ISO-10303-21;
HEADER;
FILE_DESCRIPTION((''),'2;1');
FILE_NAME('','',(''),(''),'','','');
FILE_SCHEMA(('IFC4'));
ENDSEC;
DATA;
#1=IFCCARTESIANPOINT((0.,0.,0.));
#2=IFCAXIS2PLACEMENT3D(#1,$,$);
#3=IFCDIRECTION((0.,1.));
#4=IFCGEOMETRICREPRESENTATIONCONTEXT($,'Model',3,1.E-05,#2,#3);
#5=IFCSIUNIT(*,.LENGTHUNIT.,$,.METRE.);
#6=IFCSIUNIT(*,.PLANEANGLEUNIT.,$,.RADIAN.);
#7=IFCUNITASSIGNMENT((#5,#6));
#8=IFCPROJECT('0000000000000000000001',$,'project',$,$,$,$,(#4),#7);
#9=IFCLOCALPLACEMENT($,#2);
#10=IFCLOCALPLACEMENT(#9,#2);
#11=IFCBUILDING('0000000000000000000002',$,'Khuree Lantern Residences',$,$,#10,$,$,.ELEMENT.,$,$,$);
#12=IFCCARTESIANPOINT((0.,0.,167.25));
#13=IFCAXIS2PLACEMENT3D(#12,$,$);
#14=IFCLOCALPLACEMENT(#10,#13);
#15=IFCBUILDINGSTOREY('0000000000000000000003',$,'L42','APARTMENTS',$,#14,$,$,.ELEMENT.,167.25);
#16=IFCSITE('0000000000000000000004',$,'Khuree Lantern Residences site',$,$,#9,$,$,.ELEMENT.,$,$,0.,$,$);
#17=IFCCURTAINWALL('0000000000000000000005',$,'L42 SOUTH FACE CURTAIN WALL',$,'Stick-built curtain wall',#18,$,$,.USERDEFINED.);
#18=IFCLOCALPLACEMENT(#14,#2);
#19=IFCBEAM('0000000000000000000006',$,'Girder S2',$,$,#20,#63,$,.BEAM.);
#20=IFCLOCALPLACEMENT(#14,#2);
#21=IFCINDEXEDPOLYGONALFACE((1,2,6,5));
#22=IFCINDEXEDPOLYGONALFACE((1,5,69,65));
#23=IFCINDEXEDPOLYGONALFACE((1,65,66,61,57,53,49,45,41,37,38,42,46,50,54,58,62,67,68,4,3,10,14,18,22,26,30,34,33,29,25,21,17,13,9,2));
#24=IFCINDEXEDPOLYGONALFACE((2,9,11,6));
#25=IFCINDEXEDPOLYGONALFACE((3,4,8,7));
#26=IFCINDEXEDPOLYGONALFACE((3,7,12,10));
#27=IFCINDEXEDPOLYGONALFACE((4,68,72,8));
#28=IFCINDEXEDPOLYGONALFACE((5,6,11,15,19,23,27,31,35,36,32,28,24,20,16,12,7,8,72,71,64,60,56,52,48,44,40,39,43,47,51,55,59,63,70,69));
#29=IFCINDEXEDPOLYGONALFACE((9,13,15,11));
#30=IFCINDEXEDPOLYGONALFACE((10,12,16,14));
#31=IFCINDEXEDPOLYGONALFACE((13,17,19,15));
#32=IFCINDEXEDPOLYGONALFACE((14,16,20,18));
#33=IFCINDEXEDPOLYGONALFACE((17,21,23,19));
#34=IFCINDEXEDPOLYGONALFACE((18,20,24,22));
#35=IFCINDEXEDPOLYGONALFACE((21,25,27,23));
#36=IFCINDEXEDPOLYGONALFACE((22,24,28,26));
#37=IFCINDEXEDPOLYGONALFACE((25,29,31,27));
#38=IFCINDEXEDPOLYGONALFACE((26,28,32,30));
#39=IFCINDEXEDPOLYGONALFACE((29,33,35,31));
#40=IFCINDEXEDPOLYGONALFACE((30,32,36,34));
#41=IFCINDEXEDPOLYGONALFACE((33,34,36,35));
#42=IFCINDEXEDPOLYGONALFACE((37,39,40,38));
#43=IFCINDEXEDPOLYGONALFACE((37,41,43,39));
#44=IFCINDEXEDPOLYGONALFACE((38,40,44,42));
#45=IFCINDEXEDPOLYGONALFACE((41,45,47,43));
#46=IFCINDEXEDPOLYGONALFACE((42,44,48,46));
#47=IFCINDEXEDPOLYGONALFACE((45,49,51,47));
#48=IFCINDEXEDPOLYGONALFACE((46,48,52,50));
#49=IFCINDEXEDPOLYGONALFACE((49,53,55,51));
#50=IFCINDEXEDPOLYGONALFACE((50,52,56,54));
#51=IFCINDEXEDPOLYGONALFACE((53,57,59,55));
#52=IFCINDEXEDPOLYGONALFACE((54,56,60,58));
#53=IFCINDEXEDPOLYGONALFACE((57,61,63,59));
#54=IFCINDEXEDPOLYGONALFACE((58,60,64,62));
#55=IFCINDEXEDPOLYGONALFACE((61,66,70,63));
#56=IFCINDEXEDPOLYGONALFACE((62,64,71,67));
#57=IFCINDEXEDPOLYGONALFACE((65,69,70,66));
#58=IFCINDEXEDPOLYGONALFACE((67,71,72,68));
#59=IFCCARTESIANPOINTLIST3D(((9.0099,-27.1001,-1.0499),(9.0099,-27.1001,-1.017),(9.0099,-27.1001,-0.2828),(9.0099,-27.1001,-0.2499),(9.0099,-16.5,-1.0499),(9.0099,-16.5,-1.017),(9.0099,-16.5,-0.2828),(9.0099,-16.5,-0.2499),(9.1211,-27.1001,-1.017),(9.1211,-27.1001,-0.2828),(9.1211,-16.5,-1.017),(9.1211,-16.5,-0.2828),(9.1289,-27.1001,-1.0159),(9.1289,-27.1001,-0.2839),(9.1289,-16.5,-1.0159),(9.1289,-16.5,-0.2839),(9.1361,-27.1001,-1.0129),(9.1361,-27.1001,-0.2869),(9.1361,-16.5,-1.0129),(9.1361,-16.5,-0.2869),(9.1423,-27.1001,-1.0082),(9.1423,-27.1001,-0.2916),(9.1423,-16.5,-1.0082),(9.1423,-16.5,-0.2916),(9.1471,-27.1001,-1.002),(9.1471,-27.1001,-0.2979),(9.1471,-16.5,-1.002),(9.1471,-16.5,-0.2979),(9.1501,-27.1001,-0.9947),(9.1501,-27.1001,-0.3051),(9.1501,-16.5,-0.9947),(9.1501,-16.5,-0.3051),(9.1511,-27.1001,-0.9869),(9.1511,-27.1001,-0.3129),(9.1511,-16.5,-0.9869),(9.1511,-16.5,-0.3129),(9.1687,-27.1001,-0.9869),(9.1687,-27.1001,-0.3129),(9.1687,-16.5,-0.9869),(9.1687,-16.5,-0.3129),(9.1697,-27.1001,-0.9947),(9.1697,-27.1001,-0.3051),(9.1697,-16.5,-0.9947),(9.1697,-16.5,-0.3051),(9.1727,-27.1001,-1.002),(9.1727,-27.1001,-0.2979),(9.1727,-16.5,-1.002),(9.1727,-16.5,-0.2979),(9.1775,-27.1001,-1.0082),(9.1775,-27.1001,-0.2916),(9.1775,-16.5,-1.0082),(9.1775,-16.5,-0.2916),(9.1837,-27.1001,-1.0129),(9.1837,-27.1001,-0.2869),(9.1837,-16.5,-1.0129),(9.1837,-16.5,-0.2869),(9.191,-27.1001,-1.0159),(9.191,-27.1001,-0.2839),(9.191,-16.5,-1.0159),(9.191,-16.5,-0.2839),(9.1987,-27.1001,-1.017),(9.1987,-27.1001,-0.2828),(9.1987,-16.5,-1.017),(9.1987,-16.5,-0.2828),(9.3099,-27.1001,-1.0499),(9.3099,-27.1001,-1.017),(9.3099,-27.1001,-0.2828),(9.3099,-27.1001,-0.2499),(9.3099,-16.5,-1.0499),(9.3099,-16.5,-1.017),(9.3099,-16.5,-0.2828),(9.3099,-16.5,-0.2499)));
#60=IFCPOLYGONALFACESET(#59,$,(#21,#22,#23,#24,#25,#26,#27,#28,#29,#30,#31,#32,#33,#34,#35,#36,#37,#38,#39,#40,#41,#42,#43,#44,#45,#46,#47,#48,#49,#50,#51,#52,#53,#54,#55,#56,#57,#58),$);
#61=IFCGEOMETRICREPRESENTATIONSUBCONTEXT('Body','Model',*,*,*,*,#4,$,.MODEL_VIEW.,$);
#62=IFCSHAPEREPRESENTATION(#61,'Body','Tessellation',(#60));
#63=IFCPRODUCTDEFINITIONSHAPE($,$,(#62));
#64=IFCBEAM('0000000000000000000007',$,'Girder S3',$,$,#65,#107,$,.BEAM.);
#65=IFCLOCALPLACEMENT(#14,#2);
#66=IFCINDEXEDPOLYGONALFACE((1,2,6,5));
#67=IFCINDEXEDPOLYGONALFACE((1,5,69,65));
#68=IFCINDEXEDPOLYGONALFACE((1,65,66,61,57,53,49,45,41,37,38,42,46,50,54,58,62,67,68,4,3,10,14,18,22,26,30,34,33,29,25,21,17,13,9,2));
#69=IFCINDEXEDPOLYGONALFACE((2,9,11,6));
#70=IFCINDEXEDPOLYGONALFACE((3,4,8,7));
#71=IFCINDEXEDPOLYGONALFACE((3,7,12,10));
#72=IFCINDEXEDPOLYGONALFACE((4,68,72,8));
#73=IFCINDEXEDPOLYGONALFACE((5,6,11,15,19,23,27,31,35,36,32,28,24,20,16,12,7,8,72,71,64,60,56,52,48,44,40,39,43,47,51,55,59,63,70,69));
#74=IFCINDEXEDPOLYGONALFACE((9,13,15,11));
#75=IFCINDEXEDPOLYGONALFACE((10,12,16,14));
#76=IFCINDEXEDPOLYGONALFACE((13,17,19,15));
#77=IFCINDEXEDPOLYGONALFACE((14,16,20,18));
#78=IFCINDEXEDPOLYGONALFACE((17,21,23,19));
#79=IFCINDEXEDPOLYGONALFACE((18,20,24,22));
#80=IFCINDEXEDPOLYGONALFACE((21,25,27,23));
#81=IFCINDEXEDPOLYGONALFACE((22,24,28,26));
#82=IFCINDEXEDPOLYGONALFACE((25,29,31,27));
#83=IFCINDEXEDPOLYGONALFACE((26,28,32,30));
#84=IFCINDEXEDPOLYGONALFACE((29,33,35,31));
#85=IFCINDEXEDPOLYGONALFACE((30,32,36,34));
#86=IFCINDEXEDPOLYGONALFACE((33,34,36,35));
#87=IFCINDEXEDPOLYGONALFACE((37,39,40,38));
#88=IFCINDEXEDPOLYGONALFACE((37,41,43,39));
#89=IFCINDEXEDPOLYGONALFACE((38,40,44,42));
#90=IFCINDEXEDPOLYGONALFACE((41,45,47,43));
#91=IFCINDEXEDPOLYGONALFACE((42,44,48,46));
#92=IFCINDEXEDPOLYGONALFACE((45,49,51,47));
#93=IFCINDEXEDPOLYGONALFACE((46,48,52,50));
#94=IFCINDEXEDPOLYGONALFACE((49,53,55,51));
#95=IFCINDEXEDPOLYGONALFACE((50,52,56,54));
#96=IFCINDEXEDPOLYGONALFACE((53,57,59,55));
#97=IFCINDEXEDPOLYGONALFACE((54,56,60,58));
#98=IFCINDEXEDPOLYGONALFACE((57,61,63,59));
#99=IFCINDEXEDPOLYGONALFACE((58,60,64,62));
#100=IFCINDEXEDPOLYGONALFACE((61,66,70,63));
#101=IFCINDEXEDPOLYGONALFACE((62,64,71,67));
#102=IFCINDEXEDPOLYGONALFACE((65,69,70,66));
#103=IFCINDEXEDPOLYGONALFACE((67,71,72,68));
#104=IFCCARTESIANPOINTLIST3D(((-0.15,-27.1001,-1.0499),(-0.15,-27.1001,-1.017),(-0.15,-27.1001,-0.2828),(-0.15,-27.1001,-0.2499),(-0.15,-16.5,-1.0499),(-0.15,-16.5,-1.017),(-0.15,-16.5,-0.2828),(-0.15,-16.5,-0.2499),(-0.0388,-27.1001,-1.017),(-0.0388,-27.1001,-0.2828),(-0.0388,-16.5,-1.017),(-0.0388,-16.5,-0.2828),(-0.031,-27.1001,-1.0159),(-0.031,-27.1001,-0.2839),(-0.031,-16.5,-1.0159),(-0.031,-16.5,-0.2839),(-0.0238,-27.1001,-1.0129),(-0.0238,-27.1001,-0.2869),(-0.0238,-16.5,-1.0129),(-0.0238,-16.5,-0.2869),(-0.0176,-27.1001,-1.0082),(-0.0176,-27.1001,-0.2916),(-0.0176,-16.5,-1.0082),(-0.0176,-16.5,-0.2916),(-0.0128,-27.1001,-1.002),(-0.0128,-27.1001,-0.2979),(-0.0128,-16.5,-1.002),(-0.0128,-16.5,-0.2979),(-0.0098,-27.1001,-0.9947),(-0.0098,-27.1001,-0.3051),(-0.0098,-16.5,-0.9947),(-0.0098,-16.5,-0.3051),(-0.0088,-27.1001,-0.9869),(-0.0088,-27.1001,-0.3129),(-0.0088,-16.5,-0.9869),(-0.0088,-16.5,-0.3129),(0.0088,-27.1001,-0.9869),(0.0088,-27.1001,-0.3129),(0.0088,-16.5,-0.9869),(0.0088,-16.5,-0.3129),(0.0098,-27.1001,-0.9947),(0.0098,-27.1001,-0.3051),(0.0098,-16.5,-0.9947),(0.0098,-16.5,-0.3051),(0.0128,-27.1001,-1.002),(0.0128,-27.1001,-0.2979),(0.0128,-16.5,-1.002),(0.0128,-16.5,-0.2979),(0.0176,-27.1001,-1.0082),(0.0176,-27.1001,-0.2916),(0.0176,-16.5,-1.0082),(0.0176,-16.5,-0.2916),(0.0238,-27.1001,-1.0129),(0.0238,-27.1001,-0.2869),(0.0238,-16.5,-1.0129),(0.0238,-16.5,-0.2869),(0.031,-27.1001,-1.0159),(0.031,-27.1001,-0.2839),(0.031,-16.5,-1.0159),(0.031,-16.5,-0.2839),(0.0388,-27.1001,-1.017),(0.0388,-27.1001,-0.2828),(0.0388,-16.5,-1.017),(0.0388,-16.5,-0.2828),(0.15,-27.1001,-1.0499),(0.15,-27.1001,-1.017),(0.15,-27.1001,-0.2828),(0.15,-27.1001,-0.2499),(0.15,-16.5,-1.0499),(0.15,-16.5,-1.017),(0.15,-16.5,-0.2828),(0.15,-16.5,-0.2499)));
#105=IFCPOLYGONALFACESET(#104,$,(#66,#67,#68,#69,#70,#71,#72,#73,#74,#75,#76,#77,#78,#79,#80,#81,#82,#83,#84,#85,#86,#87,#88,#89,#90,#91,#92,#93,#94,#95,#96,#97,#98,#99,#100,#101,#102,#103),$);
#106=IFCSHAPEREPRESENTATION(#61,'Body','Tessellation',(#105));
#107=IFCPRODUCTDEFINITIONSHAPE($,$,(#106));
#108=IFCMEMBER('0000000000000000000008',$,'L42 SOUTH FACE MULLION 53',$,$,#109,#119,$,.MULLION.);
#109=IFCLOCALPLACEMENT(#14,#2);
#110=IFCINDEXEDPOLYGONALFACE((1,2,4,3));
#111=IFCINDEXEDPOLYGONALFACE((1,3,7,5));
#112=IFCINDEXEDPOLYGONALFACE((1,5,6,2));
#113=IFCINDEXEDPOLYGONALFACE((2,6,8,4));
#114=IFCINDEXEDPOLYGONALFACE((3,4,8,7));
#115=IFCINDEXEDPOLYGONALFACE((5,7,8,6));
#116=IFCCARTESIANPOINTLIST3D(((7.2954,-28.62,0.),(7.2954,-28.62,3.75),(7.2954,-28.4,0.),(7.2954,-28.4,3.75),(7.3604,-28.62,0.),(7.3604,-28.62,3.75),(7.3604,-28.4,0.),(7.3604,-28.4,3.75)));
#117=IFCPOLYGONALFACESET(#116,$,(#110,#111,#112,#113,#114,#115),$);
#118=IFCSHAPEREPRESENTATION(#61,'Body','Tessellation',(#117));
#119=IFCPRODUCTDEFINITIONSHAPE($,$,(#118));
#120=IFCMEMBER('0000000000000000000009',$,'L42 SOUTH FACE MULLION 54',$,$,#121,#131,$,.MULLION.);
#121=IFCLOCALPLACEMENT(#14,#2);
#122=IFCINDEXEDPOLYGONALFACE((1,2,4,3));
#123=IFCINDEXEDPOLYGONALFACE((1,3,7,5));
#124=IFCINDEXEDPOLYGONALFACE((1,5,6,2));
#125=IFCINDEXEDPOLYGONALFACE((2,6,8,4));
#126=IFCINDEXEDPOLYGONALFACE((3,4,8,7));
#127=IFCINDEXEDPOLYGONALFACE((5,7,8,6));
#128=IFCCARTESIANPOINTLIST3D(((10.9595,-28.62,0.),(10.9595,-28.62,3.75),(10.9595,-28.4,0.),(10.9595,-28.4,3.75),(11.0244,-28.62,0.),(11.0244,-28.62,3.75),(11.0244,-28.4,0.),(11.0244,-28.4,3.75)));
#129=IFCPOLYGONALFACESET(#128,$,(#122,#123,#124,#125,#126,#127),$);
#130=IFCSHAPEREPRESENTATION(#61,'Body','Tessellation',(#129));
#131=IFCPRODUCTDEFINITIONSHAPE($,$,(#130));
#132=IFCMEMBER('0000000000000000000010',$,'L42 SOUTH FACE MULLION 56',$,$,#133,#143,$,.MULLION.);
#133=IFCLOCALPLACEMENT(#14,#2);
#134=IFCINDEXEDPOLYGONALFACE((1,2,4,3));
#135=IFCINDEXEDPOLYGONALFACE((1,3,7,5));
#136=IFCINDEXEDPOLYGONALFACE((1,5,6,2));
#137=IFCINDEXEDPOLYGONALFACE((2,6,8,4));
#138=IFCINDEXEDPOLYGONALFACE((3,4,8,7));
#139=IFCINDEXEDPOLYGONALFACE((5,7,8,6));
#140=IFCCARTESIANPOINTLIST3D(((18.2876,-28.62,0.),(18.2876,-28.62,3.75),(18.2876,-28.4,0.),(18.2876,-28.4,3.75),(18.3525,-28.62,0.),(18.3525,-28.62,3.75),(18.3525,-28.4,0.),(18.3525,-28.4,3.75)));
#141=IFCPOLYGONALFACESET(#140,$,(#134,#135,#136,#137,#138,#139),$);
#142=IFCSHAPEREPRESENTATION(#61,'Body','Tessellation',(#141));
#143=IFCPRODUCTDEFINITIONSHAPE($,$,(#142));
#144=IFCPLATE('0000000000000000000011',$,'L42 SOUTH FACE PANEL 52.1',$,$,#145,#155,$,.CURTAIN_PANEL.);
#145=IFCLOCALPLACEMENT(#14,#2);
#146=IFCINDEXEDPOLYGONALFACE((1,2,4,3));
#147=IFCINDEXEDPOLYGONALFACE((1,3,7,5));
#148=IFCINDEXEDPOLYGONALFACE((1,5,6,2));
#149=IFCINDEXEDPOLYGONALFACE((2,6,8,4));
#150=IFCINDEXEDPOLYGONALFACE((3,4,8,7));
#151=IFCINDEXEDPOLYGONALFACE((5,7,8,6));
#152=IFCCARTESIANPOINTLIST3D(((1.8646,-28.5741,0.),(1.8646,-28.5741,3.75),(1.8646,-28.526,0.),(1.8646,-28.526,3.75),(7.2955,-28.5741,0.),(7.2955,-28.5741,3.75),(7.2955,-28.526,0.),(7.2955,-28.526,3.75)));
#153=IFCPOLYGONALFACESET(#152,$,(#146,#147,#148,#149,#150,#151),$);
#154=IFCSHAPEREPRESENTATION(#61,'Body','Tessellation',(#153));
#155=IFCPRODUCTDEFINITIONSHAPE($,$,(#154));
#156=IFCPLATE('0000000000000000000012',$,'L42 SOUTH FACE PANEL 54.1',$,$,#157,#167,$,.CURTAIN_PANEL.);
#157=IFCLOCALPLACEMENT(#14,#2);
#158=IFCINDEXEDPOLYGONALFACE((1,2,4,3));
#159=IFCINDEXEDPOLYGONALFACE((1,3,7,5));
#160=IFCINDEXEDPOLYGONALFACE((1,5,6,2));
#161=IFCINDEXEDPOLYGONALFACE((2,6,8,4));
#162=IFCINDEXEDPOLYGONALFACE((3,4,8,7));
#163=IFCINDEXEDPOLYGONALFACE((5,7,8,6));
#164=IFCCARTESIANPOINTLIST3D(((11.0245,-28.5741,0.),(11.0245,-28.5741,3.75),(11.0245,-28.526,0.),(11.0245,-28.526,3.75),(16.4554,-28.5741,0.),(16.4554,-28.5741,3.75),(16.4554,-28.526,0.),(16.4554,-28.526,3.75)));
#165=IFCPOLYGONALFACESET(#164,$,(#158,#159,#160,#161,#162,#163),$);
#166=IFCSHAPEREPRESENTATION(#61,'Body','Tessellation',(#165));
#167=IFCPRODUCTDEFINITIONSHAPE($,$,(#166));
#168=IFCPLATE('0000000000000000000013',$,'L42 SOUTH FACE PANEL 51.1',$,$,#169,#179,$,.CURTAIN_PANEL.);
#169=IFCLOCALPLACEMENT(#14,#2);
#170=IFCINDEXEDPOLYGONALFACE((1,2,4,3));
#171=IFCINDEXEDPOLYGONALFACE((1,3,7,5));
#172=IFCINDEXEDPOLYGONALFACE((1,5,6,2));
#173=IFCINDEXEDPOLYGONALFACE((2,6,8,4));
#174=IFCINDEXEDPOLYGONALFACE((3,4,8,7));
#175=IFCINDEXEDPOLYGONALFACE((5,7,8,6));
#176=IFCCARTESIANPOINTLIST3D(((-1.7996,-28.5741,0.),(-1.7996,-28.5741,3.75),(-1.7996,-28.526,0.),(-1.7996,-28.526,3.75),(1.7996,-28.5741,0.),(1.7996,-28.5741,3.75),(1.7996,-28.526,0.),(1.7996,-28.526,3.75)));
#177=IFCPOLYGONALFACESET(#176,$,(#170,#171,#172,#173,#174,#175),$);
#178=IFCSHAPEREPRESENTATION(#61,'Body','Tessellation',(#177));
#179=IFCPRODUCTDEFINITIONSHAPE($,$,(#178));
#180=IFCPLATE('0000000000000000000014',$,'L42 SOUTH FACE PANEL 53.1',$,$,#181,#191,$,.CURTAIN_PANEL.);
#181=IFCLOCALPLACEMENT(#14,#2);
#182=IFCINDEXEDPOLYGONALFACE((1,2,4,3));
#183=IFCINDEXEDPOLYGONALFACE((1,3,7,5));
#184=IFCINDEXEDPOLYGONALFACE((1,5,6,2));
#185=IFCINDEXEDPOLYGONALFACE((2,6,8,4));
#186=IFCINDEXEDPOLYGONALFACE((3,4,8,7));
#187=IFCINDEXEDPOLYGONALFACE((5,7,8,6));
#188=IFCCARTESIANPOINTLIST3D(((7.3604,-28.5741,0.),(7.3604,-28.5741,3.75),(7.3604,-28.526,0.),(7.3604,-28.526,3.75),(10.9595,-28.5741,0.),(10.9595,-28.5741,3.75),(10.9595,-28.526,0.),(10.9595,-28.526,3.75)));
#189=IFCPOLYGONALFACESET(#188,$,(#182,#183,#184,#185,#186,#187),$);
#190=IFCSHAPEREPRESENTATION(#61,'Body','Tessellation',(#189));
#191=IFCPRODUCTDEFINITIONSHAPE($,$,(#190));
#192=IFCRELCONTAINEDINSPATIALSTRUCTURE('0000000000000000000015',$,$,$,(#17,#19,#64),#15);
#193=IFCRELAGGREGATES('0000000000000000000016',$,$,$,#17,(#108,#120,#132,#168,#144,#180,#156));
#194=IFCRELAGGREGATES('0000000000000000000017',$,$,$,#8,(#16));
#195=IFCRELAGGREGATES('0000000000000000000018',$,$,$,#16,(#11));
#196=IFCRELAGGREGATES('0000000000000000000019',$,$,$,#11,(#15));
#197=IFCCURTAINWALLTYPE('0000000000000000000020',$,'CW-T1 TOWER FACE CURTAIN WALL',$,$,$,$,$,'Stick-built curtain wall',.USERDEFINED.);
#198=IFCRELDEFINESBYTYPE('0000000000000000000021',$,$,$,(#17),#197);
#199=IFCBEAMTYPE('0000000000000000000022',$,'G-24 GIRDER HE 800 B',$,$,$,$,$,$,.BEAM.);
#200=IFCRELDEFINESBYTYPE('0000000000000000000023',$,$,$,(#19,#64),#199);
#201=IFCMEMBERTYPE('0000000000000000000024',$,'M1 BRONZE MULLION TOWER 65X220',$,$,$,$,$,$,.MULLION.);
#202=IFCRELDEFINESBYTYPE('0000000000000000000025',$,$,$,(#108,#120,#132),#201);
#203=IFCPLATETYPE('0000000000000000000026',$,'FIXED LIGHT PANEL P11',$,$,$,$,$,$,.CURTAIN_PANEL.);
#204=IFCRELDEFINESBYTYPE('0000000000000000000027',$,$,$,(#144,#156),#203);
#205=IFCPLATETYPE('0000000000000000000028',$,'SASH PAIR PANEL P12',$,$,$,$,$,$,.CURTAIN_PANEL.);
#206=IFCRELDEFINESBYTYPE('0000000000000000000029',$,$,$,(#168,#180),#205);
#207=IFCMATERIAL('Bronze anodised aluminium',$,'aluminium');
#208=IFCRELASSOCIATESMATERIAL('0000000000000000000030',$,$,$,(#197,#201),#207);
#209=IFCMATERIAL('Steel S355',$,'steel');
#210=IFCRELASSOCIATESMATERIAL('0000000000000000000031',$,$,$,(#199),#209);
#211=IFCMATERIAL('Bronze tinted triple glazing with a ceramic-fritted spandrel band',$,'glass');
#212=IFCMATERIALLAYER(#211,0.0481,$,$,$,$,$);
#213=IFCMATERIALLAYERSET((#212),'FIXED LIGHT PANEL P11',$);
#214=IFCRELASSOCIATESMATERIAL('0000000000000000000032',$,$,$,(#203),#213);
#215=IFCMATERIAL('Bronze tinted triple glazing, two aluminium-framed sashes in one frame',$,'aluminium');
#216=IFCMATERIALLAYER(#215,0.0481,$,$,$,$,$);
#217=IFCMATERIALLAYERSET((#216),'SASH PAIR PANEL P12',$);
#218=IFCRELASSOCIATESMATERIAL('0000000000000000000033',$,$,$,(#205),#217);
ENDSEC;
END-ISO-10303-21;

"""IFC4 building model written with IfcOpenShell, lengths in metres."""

from ifc_helpers import new_model, si_unit, direction, frame, origin, origin_2d, place, context, subcontext, project, spatial, rectangle, i_section, extrude, material, layer, layer_set, material_profile, profile_set, type_object, element, aggregate, save


model = new_model("IFC4")

# Units and contexts
model_context = context("Model", 3, precision=1e-05, world=origin(), true_north=direction((0.0, 1.0)))
body_context = subcontext(model_context, "Body", "Model", "MODEL_VIEW")
ifc_project = project(units=[si_unit("LENGTHUNIT", "METRE"), si_unit("PLANEANGLEUNIT", "RADIAN")], contexts=[model_context])

# Site, building, storey
site_placement = place(None, origin())
site = spatial("IfcSite", under=ifc_project, at=site_placement, Name="Khuree Lantern Residences site", CompositionType="ELEMENT", RefElevation=0.0)
building_placement = place(site_placement, origin())
building = spatial("IfcBuilding", under=site, at=building_placement, Name="Khuree Lantern Residences", CompositionType="ELEMENT")
storey_placement = place(building_placement, frame((0.0, 0.0, 167.25)))
storey = spatial("IfcBuildingStorey", under=building, at=storey_placement, Name="L42", Description="APARTMENTS", CompositionType="ELEMENT", Elevation=167.25)

# Shared definitions
ifc_material_1 = material(Name="Steel S355", Category="steel")

# Curtain wall
ifc_material_2 = material(Name="Bronze anodised aluminium", Category="aluminium")
curtain_wall_type = type_object("IfcCurtainWallType", Name="CW-T1 TOWER FACE CURTAIN WALL", ElementType="Stick-built curtain wall", PredefinedType="USERDEFINED", material=ifc_material_2)
curtain_wall_placement = place(storey_placement, origin())
curtain_wall = element("IfcCurtainWall", 1, at=curtain_wall_placement, inside=storey, type_object=curtain_wall_type, Name="L42 SOUTH FACE CURTAIN WALL", ObjectType="Stick-built curtain wall", PredefinedType="USERDEFINED")

# Beams
ifc_material_profile_1 = material_profile(ifc_material_1, i_section(OverallWidth=0.3, OverallDepth=0.8, WebThickness=0.0176, FlangeThickness=0.033, FilletRadius=0.03, at=origin_2d()), Name="HE 800 B")
ifc_profile_set_1 = profile_set([ifc_material_profile_1], Name="Steel S355")
beam_type_1 = type_object("IfcBeamType", Name="G-24 GIRDER HE 800 B", PredefinedType="BEAM", material=ifc_profile_set_1)
for number, where, z_axis, x_axis, name in (
    (2, (9.1599, -27.1001, -0.6499), (0.0, 1.0, 0.0), (-1.0, 0.0, 0.0), "Girder S2"),
    (3, (0.0, -27.1001, -0.6499), (0.0, 1.0, 0.0), (-1.0, 0.0, 0.0), "Girder S3"),
):
    element("IfcBeam", number, at=place(storey_placement, frame(where, z_axis=z_axis, x_axis=x_axis)), inside=storey, type_object=beam_type_1, Name=name, PredefinedType="BEAM", context=body_context, shape_type="SweptSolid", body=[
        extrude(i_section(OverallWidth=0.3, OverallDepth=0.8, WebThickness=0.0176, FlangeThickness=0.033, FilletRadius=0.03, at=origin_2d()), origin(), (0.0, 0.0, 1.0), 10.6001),
    ])

# Members
ifc_material_profile_2 = material_profile(ifc_material_2, rectangle(XDim=0.0649, YDim=0.22, at=origin_2d()), Name="M1 65X220")
ifc_profile_set_2 = profile_set([ifc_material_profile_2], Name="Bronze anodised aluminium")
member_type_1 = type_object("IfcMemberType", Name="M1 BRONZE MULLION TOWER 65X220", PredefinedType="MULLION", material=ifc_profile_set_2)
member_1_placement = place(storey_placement, frame((7.3279, -28.51, 0.0), z_axis=(0.0, 0.0, 1.0), x_axis=(1.0, 0.0, 0.0)))
member_1 = element("IfcMember", 4, at=member_1_placement, type_object=member_type_1, Name="L42 SOUTH FACE MULLION 53", PredefinedType="MULLION", context=body_context, shape_type="SweptSolid", body=[
    extrude(rectangle(XDim=0.0649, YDim=0.22, at=origin_2d()), origin(), (0.0, 0.0, 1.0), 3.75),
])
member_2_placement = place(storey_placement, frame((10.9919, -28.51, 0.0), z_axis=(0.0, 0.0, 1.0), x_axis=(1.0, 0.0, 0.0)))
member_2 = element("IfcMember", 5, at=member_2_placement, type_object=member_type_1, Name="L42 SOUTH FACE MULLION 54", PredefinedType="MULLION", context=body_context, shape_type="SweptSolid", body=[
    extrude(rectangle(XDim=0.0649, YDim=0.22, at=origin_2d()), origin(), (0.0, 0.0, 1.0), 3.75),
])
member_3_placement = place(storey_placement, frame((18.3201, -28.51, 0.0), z_axis=(0.0, 0.0, 1.0), x_axis=(1.0, 0.0, 0.0)))
member_3 = element("IfcMember", 6, at=member_3_placement, type_object=member_type_1, Name="L42 SOUTH FACE MULLION 56", PredefinedType="MULLION", context=body_context, shape_type="SweptSolid", body=[
    extrude(rectangle(XDim=0.0649, YDim=0.22, at=origin_2d()), origin(), (0.0, 0.0, 1.0), 3.75),
])

# Plates
ifc_material_3 = material(Name="Bronze tinted triple glazing with a ceramic-fritted spandrel band", Category="glass")
ifc_layer_1 = layer(ifc_material_3, 0.0481)
ifc_layer_set_1 = layer_set([ifc_layer_1], Name="FIXED LIGHT PANEL P11")
plate_type_1 = type_object("IfcPlateType", Name="FIXED LIGHT PANEL P11", PredefinedType="CURTAIN_PANEL", material=ifc_layer_set_1)
plate_1_placement = place(storey_placement, frame((4.5801, -28.55, 0.0), z_axis=(0.0, 0.0, 1.0), x_axis=(1.0, 0.0, 0.0)))
plate_1 = element("IfcPlate", 7, at=plate_1_placement, type_object=plate_type_1, Name="L42 SOUTH FACE PANEL 52.1", PredefinedType="CURTAIN_PANEL", context=body_context, shape_type="SweptSolid", body=[
    extrude(rectangle(XDim=5.4309, YDim=0.0481, at=origin_2d()), origin(), (0.0, 0.0, 1.0), 3.75),
])
plate_2_placement = place(storey_placement, frame((13.74, -28.55, 0.0), z_axis=(0.0, 0.0, 1.0), x_axis=(1.0, 0.0, 0.0)))
plate_2 = element("IfcPlate", 8, at=plate_2_placement, type_object=plate_type_1, Name="L42 SOUTH FACE PANEL 54.1", PredefinedType="CURTAIN_PANEL", context=body_context, shape_type="SweptSolid", body=[
    extrude(rectangle(XDim=5.4309, YDim=0.0481, at=origin_2d()), origin(), (0.0, 0.0, 1.0), 3.75),
])
ifc_material_4 = material(Name="Bronze tinted triple glazing, two aluminium-framed sashes in one frame", Category="aluminium")
ifc_layer_2 = layer(ifc_material_4, 0.0481)
ifc_layer_set_2 = layer_set([ifc_layer_2], Name="SASH PAIR PANEL P12")
plate_type_2 = type_object("IfcPlateType", Name="SASH PAIR PANEL P12", PredefinedType="CURTAIN_PANEL", material=ifc_layer_set_2)
plate_3_placement = place(storey_placement, frame((0.0, -28.55, 0.0), z_axis=(0.0, 0.0, 1.0), x_axis=(1.0, 0.0, 0.0)))
plate_3 = element("IfcPlate", 9, at=plate_3_placement, type_object=plate_type_2, Name="L42 SOUTH FACE PANEL 51.1", PredefinedType="CURTAIN_PANEL", context=body_context, shape_type="SweptSolid", body=[
    extrude(rectangle(XDim=3.5991, YDim=0.0481, at=origin_2d()), origin(), (0.0, 0.0, 1.0), 3.75),
])
plate_4_placement = place(storey_placement, frame((9.1599, -28.55, 0.0), z_axis=(0.0, 0.0, 1.0), x_axis=(1.0, 0.0, 0.0)))
plate_4 = element("IfcPlate", 10, at=plate_4_placement, type_object=plate_type_2, Name="L42 SOUTH FACE PANEL 53.1", PredefinedType="CURTAIN_PANEL", context=body_context, shape_type="SweptSolid", body=[
    extrude(rectangle(XDim=3.5991, YDim=0.0481, at=origin_2d()), origin(), (0.0, 0.0, 1.0), 3.75),
])
aggregate(curtain_wall, [member_1, member_2, member_3, plate_3, plate_1, plate_4, plate_2])

save(model, "model.ifc")
